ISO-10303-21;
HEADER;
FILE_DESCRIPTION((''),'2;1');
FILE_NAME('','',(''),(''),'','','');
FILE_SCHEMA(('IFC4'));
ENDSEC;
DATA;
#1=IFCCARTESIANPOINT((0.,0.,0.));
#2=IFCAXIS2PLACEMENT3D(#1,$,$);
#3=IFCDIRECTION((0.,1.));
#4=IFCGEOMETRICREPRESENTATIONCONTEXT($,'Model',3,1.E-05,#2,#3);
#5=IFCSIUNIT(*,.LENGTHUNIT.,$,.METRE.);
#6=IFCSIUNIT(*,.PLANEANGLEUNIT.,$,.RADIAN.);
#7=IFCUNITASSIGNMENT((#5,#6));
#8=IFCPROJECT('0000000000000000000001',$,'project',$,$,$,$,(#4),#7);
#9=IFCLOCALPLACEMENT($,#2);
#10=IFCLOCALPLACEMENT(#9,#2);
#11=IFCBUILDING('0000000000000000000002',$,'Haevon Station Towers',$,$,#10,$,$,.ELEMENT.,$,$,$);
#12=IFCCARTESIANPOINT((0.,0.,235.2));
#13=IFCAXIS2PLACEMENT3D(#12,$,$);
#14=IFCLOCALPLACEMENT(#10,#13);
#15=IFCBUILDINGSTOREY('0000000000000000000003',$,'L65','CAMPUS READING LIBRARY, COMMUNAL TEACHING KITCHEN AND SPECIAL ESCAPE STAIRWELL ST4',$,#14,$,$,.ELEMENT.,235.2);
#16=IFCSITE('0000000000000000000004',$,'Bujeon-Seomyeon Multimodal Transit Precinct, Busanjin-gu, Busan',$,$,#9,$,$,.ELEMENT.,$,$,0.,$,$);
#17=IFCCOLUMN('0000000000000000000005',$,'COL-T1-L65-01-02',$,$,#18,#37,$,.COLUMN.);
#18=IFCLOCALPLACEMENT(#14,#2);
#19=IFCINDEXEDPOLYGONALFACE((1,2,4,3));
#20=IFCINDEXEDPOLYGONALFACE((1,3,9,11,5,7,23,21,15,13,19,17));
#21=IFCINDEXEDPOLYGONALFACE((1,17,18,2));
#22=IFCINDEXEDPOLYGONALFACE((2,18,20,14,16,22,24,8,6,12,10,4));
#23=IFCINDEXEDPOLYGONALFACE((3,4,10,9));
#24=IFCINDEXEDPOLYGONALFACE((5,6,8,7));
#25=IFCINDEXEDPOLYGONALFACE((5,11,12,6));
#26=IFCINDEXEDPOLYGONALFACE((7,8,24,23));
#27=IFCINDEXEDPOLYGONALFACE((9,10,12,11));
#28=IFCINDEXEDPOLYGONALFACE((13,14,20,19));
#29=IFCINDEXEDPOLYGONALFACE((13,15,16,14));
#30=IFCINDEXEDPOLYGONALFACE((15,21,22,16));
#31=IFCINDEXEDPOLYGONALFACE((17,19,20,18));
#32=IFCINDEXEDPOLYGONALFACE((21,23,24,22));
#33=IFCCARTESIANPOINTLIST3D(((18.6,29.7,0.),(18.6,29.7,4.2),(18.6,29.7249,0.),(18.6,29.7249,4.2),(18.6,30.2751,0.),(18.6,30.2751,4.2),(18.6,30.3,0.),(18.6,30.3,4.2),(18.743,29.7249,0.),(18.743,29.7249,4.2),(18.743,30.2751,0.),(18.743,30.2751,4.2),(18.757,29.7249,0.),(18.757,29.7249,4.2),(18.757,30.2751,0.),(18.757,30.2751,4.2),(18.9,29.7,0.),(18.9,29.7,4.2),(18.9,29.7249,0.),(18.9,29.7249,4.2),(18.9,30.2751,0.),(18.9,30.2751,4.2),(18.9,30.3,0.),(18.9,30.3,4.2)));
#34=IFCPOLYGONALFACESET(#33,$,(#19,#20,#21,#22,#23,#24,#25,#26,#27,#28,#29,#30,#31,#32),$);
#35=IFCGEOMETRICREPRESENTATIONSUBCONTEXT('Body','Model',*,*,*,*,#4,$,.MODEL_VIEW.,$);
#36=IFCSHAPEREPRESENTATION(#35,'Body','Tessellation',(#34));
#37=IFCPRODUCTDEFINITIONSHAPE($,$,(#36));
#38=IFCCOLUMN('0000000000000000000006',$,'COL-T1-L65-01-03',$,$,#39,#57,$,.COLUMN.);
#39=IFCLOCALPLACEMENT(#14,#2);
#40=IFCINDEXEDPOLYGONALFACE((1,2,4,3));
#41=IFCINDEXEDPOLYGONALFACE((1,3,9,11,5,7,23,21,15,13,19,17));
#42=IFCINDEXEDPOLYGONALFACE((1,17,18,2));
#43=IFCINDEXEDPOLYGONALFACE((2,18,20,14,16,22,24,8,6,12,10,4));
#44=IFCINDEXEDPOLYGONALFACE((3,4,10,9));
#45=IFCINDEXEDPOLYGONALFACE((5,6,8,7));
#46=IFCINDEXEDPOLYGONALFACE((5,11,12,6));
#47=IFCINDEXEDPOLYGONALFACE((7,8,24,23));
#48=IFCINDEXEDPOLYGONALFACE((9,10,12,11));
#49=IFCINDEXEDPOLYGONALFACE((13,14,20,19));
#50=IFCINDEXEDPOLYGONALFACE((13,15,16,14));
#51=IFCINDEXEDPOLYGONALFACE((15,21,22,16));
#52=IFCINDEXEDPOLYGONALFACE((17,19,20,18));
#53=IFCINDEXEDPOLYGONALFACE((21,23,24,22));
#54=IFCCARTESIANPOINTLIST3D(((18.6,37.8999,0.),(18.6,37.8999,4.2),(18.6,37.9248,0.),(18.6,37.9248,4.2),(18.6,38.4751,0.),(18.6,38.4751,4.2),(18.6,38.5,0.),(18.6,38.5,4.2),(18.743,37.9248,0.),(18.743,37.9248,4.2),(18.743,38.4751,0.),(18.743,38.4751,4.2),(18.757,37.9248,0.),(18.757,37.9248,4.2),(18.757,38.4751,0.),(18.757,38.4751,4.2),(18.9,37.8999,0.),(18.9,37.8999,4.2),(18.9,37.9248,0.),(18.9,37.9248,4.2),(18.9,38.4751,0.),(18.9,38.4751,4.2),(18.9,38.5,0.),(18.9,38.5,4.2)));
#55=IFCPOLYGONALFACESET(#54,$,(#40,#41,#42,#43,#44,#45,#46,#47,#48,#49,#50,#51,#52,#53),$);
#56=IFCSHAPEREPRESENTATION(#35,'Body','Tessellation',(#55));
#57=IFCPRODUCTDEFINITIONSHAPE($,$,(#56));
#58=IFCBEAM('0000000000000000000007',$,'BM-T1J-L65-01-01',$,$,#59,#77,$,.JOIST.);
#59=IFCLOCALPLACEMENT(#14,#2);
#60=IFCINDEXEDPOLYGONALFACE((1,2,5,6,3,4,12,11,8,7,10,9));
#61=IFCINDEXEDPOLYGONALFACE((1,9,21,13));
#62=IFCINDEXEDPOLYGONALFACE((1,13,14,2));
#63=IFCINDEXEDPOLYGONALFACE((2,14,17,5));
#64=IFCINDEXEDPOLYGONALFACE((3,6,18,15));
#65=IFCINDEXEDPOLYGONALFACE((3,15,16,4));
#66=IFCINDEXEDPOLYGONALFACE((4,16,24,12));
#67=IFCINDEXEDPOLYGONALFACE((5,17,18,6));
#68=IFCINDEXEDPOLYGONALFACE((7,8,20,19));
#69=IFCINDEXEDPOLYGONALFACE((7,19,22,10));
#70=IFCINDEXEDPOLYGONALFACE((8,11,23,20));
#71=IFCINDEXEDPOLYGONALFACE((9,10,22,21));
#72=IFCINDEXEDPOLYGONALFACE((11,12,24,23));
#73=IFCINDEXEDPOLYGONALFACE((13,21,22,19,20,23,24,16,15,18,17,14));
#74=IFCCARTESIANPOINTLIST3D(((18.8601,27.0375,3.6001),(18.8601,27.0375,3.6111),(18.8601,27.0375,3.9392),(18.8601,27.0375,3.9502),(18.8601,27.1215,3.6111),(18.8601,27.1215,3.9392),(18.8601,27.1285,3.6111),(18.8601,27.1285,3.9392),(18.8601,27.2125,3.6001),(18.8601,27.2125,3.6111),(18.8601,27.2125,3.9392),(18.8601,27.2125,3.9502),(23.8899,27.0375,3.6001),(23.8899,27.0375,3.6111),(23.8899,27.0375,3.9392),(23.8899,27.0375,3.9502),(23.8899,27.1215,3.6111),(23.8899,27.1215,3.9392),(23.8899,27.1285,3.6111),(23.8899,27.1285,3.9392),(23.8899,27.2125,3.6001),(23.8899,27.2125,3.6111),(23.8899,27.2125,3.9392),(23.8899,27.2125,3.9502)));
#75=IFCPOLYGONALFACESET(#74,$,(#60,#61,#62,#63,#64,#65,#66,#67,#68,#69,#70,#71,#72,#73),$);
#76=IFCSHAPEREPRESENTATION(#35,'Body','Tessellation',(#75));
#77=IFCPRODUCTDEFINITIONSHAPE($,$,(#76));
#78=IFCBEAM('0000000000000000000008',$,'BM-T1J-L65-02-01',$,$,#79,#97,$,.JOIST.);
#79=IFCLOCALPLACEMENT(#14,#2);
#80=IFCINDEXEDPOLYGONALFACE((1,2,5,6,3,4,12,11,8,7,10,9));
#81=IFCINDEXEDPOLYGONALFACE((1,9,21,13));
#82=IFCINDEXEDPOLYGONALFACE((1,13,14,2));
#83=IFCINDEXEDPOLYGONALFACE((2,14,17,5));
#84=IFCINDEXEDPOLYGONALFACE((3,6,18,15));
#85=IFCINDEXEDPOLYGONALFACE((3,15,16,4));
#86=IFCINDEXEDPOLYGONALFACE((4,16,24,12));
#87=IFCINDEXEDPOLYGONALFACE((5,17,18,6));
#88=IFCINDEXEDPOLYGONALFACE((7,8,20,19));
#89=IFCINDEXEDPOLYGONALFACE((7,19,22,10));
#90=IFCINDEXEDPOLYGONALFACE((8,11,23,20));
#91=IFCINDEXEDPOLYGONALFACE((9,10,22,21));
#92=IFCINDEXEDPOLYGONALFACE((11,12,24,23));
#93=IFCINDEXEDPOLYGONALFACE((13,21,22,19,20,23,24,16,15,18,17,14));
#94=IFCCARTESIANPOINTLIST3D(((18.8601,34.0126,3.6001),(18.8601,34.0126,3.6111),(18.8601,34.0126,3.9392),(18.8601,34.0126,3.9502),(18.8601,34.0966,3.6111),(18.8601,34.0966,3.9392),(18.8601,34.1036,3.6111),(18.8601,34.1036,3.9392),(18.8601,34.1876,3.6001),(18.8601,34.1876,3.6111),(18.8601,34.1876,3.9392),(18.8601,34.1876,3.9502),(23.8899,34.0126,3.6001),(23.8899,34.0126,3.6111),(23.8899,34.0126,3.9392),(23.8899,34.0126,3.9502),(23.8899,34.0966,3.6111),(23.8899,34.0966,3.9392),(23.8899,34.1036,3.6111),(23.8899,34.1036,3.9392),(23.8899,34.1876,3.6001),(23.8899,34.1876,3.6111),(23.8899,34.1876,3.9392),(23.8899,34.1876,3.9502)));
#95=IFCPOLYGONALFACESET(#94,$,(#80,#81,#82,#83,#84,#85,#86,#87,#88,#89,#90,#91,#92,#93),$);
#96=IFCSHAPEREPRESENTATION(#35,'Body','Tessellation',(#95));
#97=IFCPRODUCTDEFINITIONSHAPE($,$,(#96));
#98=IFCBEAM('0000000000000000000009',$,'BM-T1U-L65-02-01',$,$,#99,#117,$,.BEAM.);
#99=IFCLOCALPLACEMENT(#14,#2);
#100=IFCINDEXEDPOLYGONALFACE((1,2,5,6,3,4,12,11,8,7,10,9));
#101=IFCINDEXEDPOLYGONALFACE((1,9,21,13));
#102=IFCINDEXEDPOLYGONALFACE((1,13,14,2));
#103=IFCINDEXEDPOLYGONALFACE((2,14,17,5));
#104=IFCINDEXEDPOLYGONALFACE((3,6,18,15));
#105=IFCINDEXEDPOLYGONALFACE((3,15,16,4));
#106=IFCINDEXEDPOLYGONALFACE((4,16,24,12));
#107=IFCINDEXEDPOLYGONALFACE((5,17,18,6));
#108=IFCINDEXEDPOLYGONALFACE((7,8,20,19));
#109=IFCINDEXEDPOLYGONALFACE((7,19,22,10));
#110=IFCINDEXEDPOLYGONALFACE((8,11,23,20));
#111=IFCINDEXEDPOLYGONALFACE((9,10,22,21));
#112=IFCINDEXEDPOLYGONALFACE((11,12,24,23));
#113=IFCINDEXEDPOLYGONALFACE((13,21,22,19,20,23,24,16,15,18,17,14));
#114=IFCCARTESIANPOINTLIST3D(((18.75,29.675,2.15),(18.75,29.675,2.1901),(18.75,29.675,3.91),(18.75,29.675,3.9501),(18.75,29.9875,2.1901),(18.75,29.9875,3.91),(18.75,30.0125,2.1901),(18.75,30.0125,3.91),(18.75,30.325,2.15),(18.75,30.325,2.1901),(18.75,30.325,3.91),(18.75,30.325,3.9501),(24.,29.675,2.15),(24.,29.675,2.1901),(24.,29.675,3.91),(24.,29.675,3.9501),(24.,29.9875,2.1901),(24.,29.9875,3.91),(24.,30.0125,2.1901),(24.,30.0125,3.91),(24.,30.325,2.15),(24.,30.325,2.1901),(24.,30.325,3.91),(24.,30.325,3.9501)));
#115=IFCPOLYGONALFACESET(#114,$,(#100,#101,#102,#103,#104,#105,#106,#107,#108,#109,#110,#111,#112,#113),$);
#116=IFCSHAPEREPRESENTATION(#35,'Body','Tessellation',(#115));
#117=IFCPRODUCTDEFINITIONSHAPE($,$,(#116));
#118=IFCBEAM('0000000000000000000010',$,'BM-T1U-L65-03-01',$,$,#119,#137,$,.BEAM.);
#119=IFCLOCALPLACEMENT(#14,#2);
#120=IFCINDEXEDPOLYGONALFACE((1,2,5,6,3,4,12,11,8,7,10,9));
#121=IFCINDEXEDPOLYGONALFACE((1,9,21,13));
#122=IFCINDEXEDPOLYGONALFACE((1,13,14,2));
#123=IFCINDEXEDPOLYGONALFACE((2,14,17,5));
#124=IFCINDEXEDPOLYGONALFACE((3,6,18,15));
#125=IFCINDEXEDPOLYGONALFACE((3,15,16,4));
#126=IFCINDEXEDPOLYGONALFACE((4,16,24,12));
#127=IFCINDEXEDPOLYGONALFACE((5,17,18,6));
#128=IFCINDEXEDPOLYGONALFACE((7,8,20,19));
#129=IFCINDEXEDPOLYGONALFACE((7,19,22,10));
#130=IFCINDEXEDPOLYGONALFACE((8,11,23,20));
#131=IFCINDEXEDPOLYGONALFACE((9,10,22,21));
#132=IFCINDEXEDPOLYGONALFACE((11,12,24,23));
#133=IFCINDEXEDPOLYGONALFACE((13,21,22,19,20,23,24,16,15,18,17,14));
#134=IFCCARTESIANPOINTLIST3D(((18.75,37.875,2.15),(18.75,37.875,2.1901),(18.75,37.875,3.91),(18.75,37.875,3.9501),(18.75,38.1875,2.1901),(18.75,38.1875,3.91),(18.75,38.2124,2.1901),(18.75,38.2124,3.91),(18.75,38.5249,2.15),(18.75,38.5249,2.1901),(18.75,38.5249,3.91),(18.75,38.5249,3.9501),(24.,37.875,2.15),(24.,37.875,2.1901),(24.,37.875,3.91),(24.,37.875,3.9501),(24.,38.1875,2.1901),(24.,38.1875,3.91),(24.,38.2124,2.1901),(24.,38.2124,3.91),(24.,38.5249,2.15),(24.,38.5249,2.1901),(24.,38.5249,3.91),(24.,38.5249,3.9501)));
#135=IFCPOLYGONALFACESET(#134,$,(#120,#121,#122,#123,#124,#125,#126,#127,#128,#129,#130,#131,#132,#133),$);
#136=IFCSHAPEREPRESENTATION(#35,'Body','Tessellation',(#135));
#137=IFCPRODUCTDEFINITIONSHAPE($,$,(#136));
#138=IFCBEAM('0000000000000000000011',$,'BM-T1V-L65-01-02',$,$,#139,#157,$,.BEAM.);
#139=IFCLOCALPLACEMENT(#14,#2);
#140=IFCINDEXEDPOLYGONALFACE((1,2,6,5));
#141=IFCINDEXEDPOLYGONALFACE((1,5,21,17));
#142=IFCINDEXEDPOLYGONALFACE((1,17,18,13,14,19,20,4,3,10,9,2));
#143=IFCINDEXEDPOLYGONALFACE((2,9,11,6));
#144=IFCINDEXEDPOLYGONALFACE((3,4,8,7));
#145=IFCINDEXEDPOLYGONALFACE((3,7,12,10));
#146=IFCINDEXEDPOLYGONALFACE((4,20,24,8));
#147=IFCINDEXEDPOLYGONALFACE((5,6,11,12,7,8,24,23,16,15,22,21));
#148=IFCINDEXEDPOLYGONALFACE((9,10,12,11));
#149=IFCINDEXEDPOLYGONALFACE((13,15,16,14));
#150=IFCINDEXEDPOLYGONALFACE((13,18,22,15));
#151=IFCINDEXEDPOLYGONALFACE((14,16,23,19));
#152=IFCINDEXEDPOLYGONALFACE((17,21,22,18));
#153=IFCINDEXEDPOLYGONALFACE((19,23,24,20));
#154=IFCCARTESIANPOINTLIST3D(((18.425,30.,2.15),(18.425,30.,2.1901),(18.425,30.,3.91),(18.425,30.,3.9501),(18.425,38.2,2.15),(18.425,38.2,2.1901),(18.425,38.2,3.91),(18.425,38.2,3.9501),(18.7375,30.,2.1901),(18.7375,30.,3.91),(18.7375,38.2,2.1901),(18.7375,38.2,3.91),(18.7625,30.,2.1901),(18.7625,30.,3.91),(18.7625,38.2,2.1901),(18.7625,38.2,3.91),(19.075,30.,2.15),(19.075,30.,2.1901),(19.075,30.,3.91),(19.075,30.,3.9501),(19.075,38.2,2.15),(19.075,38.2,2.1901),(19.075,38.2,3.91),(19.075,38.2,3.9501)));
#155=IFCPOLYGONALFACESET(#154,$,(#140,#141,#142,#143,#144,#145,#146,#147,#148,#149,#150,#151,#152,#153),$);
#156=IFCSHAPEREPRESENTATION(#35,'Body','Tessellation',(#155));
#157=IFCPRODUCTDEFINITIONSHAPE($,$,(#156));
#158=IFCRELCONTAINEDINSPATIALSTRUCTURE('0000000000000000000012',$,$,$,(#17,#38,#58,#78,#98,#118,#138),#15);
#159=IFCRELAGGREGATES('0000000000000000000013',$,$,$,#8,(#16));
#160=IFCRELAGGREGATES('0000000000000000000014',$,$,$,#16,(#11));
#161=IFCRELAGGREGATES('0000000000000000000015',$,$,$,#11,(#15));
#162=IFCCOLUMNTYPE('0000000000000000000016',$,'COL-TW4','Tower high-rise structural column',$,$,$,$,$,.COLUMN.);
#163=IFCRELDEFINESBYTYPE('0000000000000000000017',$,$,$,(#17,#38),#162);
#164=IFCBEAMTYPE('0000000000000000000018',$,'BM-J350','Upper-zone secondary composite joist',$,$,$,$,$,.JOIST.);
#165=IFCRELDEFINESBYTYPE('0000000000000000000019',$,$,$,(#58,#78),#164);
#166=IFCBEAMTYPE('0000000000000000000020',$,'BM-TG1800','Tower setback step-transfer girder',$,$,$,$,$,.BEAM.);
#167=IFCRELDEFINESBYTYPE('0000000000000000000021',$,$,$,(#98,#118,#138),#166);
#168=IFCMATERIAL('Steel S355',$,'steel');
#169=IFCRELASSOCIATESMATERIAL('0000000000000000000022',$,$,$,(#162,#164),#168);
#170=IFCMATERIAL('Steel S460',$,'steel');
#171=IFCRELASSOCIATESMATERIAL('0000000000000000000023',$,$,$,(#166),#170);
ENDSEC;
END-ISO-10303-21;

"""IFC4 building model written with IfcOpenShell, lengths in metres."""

from ifc_helpers import new_model, si_unit, direction, frame, origin, origin_2d, place, context, subcontext, project, spatial, i_section, extrude, material, material_profile, profile_set, type_object, element, save


model = new_model("IFC4")

# Units and contexts
model_context = context("Model", 3, precision=1e-05, world=origin(), true_north=direction((0.0, 1.0)))
body_context = subcontext(model_context, "Body", "Model", "MODEL_VIEW")
ifc_project = project(units=[si_unit("LENGTHUNIT", "METRE"), si_unit("PLANEANGLEUNIT", "RADIAN")], contexts=[model_context])

# Site, building, storey
site_placement = place(None, origin())
site = spatial("IfcSite", under=ifc_project, at=site_placement, Name="Bujeon-Seomyeon Multimodal Transit Precinct, Busanjin-gu, Busan", CompositionType="ELEMENT", RefElevation=0.0)
building_placement = place(site_placement, origin())
building = spatial("IfcBuilding", under=site, at=building_placement, Name="Haevon Station Towers", CompositionType="ELEMENT")
storey_placement = place(building_placement, frame((0.0, 0.0, 235.2)))
storey = spatial("IfcBuildingStorey", under=building, at=storey_placement, Name="L65", Description="CAMPUS READING LIBRARY, COMMUNAL TEACHING KITCHEN AND SPECIAL ESCAPE STAIRWELL ST4", CompositionType="ELEMENT", Elevation=235.2)

# Columns
ifc_material_1 = material(Name="Steel S355", Category="steel")
ifc_material_profile_1 = material_profile(ifc_material_1, i_section(OverallWidth=0.3, OverallDepth=0.6001, WebThickness=0.0139, FlangeThickness=0.0249, at=origin_2d()), Name="H-600x300x14x25")
ifc_profile_set_1 = profile_set([ifc_material_profile_1], Name="Steel S355")
column_type = type_object("IfcColumnType", Name="COL-TW4", Description="Tower high-rise structural column", PredefinedType="COLUMN", material=ifc_profile_set_1)
for number, where, z_axis, x_axis, name in (
    (1, (18.75, 30.0, 0.0), (0.0, 0.0, 1.0), (1.0, 0.0, 0.0), "COL-T1-L65-01-02"),
    (2, (18.75, 38.2, 0.0), (0.0, 0.0, 1.0), (1.0, 0.0, 0.0), "COL-T1-L65-01-03"),
):
    element("IfcColumn", number, at=place(storey_placement, frame(where, z_axis=z_axis, x_axis=x_axis)), inside=storey, type_object=column_type, Name=name, PredefinedType="COLUMN", context=body_context, shape_type="SweptSolid", body=[
        extrude(i_section(OverallWidth=0.3, OverallDepth=0.6001, WebThickness=0.0139, FlangeThickness=0.0249, at=origin_2d()), origin(), (0.0, 0.0, 1.0), 4.2),
    ])

# Beams
ifc_material_profile_2 = material_profile(ifc_material_1, i_section(OverallWidth=0.175, OverallDepth=0.3501, WebThickness=0.0071, FlangeThickness=0.011, at=origin_2d()), Name="H-350x175x7x11")
ifc_profile_set_2 = profile_set([ifc_material_profile_2], Name="Steel S355")
beam_type_1 = type_object("IfcBeamType", Name="BM-J350", Description="Upper-zone secondary composite joist", PredefinedType="JOIST", material=ifc_profile_set_2)
for number, where, z_axis, x_axis, name in (
    (3, (18.8601, 27.125, 3.7751), (1.0, 0.0, 0.0), (0.0, 1.0, 0.0), "BM-T1J-L65-01-01"),
    (4, (18.8601, 34.1001, 3.7751), (1.0, 0.0, 0.0), (0.0, 1.0, 0.0), "BM-T1J-L65-02-01"),
):
    element("IfcBeam", number, at=place(storey_placement, frame(where, z_axis=z_axis, x_axis=x_axis)), inside=storey, type_object=beam_type_1, Name=name, PredefinedType="JOIST", context=body_context, shape_type="SweptSolid", body=[
        extrude(i_section(OverallWidth=0.175, OverallDepth=0.3501, WebThickness=0.0071, FlangeThickness=0.011, at=origin_2d()), origin(), (0.0, 0.0, 1.0), 5.0298),
    ])
ifc_material_2 = material(Name="Steel S460", Category="steel")
ifc_material_profile_3 = material_profile(ifc_material_2, i_section(OverallWidth=0.6499, OverallDepth=1.8, WebThickness=0.0249, FlangeThickness=0.04, at=origin_2d()), Name="H-1800x650x25x40")
ifc_profile_set_3 = profile_set([ifc_material_profile_3], Name="Steel S460")
beam_type_2 = type_object("IfcBeamType", Name="BM-TG1800", Description="Tower setback step-transfer girder", PredefinedType="BEAM", material=ifc_profile_set_3)
for number, where, z_axis, x_axis, name in (
    (5, (18.75, 30.0, 3.05), (1.0, 0.0, 0.0), (0.0, 1.0, 0.0), "BM-T1U-L65-02-01"),
    (6, (18.75, 38.2, 3.05), (1.0, 0.0, 0.0), (0.0, 1.0, 0.0), "BM-T1U-L65-03-01"),
):
    element("IfcBeam", number, at=place(storey_placement, frame(where, z_axis=z_axis, x_axis=x_axis)), inside=storey, type_object=beam_type_2, Name=name, PredefinedType="BEAM", context=body_context, shape_type="SweptSolid", body=[
        extrude(i_section(OverallWidth=0.6499, OverallDepth=1.8, WebThickness=0.0249, FlangeThickness=0.04, at=origin_2d()), origin(), (0.0, 0.0, 1.0), 5.25),
    ])
beam_placement = place(storey_placement, frame((18.75, 30.0, 3.05), z_axis=(0.0, 1.0, 0.0), x_axis=(-1.0, 0.0, 0.0)))
element("IfcBeam", 7, at=beam_placement, inside=storey, type_object=beam_type_2, Name="BM-T1V-L65-01-02", PredefinedType="BEAM", context=body_context, shape_type="SweptSolid", body=[
    extrude(i_section(OverallWidth=0.6499, OverallDepth=1.8, WebThickness=0.0249, FlangeThickness=0.04, at=origin_2d()), origin(), (0.0, 0.0, 1.0), 8.2),
])

save(model, "model.ifc")
